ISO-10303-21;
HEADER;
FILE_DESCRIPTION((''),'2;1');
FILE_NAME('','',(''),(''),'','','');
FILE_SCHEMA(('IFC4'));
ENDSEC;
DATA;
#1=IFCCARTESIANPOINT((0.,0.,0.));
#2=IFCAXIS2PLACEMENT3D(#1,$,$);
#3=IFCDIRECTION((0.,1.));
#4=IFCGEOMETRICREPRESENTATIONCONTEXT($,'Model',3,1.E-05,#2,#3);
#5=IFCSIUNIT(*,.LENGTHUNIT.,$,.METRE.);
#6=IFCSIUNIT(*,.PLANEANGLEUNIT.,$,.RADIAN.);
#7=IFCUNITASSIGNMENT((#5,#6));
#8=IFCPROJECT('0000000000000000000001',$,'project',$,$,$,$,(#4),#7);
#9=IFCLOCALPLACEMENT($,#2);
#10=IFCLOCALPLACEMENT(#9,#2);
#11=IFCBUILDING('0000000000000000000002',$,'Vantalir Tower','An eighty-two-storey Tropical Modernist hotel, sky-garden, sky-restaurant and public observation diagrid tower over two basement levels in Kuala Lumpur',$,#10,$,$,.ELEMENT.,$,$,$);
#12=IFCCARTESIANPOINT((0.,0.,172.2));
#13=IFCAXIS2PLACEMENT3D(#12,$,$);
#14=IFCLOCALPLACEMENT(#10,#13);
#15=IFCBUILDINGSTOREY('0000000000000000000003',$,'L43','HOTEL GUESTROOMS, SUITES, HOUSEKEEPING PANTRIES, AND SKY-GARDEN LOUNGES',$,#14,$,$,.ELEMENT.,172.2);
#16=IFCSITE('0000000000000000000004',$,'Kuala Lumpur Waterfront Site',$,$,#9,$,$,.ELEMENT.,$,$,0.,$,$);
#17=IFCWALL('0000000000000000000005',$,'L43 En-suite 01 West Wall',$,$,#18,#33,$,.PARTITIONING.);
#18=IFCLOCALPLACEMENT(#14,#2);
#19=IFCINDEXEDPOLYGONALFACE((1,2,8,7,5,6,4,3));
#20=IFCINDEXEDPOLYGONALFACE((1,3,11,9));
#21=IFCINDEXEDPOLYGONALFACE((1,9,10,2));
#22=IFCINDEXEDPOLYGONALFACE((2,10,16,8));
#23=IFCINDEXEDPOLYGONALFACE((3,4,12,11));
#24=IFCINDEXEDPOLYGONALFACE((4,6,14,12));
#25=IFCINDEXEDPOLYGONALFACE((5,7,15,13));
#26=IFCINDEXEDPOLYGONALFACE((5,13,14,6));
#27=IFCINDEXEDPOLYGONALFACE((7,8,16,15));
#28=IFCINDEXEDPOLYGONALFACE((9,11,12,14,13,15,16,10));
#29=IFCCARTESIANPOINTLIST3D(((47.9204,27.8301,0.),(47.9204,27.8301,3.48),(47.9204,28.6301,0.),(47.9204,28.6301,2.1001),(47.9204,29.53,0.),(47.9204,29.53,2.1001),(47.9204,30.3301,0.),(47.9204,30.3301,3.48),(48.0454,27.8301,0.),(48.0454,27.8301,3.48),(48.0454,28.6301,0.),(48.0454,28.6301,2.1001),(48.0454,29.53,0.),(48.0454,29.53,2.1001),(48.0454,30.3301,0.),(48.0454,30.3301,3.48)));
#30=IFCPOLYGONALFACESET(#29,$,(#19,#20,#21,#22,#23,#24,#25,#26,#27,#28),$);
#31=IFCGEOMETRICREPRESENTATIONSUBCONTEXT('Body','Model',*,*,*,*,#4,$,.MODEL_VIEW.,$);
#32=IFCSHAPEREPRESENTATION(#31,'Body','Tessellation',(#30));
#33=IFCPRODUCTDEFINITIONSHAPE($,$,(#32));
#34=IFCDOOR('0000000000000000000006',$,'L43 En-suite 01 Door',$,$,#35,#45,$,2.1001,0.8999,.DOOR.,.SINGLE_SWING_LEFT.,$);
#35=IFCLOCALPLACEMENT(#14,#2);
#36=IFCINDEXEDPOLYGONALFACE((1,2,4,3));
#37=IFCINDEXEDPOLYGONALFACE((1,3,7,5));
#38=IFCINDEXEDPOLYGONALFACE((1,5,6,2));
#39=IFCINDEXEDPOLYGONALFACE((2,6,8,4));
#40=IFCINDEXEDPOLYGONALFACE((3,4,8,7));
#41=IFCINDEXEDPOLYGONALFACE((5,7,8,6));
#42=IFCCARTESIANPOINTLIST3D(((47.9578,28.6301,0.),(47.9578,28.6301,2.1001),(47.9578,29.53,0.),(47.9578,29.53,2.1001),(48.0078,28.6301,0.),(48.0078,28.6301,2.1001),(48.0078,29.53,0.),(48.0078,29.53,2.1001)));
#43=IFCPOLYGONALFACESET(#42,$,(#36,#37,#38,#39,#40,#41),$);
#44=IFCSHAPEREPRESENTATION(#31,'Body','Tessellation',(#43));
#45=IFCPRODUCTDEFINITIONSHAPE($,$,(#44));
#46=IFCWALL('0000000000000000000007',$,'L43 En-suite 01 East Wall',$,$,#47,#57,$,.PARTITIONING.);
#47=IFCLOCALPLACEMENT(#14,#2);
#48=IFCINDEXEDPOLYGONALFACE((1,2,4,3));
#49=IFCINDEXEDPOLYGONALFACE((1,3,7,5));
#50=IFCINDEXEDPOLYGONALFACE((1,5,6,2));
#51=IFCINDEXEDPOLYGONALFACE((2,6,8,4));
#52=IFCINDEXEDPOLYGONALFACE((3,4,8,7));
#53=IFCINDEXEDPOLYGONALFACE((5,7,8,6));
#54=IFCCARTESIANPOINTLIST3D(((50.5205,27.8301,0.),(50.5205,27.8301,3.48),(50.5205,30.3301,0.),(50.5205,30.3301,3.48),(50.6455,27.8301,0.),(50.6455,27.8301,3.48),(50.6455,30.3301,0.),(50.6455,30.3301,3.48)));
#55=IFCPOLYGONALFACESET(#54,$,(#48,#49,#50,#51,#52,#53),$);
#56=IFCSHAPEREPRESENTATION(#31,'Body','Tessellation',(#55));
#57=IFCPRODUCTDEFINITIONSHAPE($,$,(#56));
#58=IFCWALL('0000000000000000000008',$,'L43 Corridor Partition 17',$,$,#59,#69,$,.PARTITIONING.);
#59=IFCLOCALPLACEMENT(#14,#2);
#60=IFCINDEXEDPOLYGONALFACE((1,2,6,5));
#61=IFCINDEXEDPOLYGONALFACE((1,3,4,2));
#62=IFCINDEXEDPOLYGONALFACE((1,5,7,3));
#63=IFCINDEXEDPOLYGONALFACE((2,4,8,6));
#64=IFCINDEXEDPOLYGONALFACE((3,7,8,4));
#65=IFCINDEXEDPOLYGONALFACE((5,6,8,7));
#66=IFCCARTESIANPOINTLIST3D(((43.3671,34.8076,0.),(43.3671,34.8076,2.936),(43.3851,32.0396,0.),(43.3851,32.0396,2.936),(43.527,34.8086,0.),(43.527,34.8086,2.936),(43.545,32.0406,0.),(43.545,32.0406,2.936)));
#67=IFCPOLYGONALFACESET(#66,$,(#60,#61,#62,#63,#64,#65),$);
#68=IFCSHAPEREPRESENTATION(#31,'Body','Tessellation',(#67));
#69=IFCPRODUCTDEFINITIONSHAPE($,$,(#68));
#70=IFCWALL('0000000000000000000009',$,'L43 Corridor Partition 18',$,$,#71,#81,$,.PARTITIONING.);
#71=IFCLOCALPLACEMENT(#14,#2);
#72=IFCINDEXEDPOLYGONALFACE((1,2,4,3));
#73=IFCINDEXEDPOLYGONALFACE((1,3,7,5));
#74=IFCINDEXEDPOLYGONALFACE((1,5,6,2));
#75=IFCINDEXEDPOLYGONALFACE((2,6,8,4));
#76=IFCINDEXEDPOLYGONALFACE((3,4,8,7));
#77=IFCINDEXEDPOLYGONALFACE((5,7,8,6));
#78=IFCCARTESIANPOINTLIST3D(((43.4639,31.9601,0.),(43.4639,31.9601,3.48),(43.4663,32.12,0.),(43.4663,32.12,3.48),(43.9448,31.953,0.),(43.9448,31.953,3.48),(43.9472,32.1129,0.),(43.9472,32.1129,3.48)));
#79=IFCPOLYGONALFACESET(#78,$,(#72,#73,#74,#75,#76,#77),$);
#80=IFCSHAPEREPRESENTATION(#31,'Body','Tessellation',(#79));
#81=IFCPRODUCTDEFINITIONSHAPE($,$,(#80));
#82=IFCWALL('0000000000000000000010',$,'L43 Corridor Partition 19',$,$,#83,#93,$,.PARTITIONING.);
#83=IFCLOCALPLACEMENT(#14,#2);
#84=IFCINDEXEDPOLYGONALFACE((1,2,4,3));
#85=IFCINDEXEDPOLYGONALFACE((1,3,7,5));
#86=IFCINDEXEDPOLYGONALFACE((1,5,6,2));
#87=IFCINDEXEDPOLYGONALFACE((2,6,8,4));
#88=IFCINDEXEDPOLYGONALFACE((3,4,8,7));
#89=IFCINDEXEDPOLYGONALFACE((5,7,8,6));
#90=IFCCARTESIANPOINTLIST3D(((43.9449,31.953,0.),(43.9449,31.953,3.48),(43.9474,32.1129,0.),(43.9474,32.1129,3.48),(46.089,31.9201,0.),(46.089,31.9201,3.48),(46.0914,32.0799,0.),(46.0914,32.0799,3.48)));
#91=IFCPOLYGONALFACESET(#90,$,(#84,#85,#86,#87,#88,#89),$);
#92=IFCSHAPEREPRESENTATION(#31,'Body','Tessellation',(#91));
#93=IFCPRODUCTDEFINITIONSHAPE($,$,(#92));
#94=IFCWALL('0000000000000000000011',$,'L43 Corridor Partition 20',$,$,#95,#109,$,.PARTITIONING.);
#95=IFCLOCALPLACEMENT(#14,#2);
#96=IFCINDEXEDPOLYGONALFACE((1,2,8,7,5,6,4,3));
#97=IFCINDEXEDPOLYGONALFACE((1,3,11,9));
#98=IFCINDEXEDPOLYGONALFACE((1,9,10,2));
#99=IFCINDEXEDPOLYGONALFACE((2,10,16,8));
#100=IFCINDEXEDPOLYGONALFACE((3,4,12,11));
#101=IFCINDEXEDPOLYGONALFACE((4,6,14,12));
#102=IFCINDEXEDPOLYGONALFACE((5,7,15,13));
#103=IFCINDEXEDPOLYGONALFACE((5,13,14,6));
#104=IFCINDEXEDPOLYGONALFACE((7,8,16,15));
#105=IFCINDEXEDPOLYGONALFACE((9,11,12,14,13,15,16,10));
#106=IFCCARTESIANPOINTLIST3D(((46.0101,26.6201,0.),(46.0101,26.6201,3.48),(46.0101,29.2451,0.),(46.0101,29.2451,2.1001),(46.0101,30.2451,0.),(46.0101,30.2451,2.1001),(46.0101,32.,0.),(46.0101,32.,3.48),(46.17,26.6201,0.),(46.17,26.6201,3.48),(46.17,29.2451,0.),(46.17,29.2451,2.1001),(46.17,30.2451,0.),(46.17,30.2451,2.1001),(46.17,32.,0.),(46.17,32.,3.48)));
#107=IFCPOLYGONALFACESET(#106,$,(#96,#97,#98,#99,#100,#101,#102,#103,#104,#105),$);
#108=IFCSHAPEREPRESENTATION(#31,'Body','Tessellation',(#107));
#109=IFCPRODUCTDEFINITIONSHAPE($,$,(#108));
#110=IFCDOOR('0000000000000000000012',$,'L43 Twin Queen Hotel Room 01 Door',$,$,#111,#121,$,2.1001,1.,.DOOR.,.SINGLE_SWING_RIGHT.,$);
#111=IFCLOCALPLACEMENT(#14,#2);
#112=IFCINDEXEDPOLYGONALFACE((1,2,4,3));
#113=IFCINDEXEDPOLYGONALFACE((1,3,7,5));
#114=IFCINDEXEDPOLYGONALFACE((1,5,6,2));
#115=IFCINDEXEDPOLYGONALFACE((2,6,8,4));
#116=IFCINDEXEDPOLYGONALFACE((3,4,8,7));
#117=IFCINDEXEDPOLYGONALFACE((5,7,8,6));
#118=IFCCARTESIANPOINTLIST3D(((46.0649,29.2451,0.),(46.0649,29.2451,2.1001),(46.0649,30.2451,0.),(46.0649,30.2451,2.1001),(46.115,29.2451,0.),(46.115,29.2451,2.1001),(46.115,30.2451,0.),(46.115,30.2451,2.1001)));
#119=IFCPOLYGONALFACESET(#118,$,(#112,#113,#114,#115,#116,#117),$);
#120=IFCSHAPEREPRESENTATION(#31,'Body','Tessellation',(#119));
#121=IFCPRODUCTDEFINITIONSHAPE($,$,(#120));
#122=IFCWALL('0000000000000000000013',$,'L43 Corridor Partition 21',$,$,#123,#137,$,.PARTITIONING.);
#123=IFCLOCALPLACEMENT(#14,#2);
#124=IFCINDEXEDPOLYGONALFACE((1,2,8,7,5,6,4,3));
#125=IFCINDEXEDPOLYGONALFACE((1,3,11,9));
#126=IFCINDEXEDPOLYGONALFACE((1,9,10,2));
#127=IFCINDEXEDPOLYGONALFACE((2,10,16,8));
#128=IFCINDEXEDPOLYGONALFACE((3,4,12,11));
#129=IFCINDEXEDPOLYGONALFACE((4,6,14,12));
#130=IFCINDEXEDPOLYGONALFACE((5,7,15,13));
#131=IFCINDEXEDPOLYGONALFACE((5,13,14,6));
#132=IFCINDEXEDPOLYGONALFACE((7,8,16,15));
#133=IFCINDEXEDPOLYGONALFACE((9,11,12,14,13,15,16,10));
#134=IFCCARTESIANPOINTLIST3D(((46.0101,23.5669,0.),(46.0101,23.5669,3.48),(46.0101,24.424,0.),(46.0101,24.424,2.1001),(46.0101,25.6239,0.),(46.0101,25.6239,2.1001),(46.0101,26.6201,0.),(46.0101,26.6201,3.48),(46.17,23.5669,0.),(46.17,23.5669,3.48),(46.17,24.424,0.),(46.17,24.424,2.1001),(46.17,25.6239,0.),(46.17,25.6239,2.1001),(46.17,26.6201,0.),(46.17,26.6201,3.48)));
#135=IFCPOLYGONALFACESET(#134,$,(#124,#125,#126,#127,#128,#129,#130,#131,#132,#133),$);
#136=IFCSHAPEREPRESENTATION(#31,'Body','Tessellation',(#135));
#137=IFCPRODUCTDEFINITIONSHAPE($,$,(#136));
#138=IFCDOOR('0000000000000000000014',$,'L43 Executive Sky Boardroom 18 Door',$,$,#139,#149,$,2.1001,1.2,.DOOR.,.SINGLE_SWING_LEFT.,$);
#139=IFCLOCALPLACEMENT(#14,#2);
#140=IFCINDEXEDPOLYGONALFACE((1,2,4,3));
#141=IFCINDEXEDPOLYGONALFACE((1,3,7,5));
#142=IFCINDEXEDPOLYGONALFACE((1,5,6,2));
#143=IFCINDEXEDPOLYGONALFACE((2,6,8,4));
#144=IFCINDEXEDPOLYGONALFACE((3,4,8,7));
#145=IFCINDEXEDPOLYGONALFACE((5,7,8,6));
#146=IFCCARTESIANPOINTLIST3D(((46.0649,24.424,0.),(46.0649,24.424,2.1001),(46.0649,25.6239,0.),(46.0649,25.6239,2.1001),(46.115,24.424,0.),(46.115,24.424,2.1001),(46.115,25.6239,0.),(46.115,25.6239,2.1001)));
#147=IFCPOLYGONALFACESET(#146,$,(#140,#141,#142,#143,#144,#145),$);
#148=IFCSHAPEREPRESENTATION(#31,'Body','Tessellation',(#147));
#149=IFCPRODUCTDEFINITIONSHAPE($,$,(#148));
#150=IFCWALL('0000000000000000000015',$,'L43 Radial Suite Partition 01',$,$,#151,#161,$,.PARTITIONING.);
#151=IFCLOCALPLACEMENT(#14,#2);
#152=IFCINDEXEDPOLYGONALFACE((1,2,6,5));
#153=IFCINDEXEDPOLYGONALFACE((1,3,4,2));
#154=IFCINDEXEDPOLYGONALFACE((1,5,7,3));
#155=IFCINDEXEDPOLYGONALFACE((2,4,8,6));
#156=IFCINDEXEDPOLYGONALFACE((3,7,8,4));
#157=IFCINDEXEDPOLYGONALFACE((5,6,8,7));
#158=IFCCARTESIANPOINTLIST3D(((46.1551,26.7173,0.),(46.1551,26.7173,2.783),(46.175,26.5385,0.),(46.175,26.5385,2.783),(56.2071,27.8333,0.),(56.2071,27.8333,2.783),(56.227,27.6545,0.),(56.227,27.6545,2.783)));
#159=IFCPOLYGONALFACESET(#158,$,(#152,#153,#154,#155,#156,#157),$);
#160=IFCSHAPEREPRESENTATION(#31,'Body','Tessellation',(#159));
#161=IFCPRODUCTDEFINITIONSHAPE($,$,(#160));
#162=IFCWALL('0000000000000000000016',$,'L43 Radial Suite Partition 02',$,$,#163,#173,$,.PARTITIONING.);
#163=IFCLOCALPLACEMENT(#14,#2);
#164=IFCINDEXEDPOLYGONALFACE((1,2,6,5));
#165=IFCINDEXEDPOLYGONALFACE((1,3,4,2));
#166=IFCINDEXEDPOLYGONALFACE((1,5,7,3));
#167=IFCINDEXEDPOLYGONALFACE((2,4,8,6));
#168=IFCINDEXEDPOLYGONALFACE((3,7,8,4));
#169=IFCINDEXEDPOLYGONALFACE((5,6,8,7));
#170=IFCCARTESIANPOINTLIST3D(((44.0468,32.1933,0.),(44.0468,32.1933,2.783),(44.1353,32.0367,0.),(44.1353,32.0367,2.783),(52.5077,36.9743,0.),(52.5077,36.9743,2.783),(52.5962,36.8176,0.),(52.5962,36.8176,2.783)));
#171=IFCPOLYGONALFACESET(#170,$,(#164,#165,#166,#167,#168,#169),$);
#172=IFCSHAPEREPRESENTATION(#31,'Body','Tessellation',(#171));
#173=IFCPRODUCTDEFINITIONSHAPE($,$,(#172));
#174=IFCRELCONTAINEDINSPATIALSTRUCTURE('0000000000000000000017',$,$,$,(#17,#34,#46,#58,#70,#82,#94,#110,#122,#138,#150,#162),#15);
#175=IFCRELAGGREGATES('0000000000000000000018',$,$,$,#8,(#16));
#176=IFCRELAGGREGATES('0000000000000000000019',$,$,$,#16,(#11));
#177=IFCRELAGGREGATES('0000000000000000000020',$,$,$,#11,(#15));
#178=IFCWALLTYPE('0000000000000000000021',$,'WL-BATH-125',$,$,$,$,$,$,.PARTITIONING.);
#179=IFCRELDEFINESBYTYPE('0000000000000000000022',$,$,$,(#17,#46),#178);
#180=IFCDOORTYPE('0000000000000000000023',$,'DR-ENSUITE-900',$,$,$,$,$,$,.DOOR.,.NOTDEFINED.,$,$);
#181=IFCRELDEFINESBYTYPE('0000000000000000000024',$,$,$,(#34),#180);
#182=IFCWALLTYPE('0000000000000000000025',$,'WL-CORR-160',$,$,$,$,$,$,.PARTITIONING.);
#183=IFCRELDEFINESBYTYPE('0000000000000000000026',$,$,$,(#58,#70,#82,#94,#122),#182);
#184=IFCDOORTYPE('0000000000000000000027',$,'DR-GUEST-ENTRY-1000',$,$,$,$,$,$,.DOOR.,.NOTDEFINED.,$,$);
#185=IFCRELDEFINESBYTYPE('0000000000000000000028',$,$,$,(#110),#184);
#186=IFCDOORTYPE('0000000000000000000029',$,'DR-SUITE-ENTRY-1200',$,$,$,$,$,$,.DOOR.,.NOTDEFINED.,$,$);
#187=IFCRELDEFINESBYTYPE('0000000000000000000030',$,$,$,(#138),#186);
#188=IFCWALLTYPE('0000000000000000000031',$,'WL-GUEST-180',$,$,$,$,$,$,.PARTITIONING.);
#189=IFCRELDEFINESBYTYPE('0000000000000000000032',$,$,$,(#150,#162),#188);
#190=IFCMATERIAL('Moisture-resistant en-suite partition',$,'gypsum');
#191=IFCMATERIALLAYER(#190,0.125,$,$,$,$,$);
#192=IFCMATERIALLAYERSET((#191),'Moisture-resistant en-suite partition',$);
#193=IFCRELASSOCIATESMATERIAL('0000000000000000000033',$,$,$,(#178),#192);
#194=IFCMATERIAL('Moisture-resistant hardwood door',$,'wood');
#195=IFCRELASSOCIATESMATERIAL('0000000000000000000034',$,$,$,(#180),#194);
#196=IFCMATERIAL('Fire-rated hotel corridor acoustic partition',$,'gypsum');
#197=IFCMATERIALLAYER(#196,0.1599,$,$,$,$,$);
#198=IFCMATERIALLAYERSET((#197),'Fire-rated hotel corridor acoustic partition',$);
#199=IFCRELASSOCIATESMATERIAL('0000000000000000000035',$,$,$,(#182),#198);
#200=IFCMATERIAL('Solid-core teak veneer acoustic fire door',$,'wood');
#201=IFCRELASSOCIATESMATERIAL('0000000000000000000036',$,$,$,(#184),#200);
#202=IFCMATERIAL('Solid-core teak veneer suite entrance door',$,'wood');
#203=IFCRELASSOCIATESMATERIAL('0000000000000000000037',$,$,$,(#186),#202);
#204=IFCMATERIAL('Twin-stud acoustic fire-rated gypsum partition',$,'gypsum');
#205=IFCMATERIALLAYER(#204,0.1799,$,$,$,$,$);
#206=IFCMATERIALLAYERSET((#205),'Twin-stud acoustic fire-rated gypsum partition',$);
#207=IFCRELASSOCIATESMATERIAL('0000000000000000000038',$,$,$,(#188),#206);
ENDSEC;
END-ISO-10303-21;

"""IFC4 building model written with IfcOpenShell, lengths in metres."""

from ifc_helpers import new_model, si_unit, direction, frame, frame_2d, origin, place, context, subcontext, project, spatial, rectangle, extrude, material, layer, layer_set, type_object, element, fill, save


model = new_model("IFC4")

# Units and contexts
model_context = context("Model", 3, precision=1e-05, world=origin(), true_north=direction((0.0, 1.0)))
body_context = subcontext(model_context, "Body", "Model", "MODEL_VIEW")
ifc_project = project(units=[si_unit("LENGTHUNIT", "METRE"), si_unit("PLANEANGLEUNIT", "RADIAN")], contexts=[model_context])

# Site, building, storey
site_placement = place(None, origin())
site = spatial("IfcSite", under=ifc_project, at=site_placement, Name="Kuala Lumpur Waterfront Site", CompositionType="ELEMENT", RefElevation=0.0)
building_placement = place(site_placement, origin())
building = spatial("IfcBuilding", under=site, at=building_placement, Name="Vantalir Tower", Description="An eighty-two-storey Tropical Modernist hotel, sky-garden, sky-restaurant and public observation diagrid tower over two basement levels in Kuala Lumpur", CompositionType="ELEMENT")
storey_placement = place(building_placement, frame((0.0, 0.0, 172.2)))
storey = spatial("IfcBuildingStorey", under=building, at=storey_placement, Name="L43", Description="HOTEL GUESTROOMS, SUITES, HOUSEKEEPING PANTRIES, AND SKY-GARDEN LOUNGES", CompositionType="ELEMENT", Elevation=172.2)

# Shared definitions
ifc_material_1 = material(Name="Moisture-resistant en-suite partition", Category="gypsum")
ifc_layer_1 = layer(ifc_material_1, 0.125)
ifc_layer_set_1 = layer_set([ifc_layer_1], Name="Moisture-resistant en-suite partition")
wall_type_1 = type_object("IfcWallType", Name="WL-BATH-125", PredefinedType="PARTITIONING", material=ifc_layer_set_1)

# Wall, opening, door
wall_1_placement = place(storey_placement, frame((47.9829, 27.8301, 0.0), z_axis=(0.0, 0.0, 1.0), x_axis=(0.0, 1.0, 0.0)))
wall_1 = element("IfcWall", 1, at=wall_1_placement, inside=storey, type_object=wall_type_1, Name="L43 En-suite 01 West Wall", PredefinedType="PARTITIONING", context=body_context, shape_type="SweptSolid", body=[
    extrude(rectangle(XDim=2.5, YDim=0.125, at=frame_2d((1.25, 0.0))), origin(), (0.0, 0.0, 1.0), 3.48),
])
opening_1_placement = place(wall_1_placement, frame((0.8, 0.0, 0.0)))
opening_1 = element("IfcOpeningElement", 2, at=opening_1_placement, cuts=wall_1, PredefinedType="OPENING", context=body_context, shape_type="SweptSolid", body=[
    extrude(rectangle(XDim=0.8999, YDim=2.1001, at=frame_2d((0.45, 1.05))), frame((0.0, 0.0725, 0.0), z_axis=(0.0, -1.0, 0.0), x_axis=(1.0, 0.0, 0.0)), (0.0, 0.0, 1.0), 0.145),
])
ifc_material_2 = material(Name="Moisture-resistant hardwood door", Category="wood")
door_type_1 = type_object("IfcDoorType", Name="DR-ENSUITE-900", OperationType="NOTDEFINED", PredefinedType="DOOR", material=ifc_material_2)
door_1_placement = place(opening_1_placement, frame((0.8999, 0.0, 0.0), z_axis=(0.0, 0.0, 1.0), x_axis=(-1.0, 0.0, 0.0)))
door_1 = element("IfcDoor", 3, at=door_1_placement, inside=storey, type_object=door_type_1, Name="L43 En-suite 01 Door", OperationType="SINGLE_SWING_LEFT", OverallHeight=2.1001, OverallWidth=0.8999, PredefinedType="DOOR", context=body_context, shape_type="SweptSolid", body=[
    extrude(rectangle(XDim=0.8999, YDim=2.1001, at=frame_2d((0.45, 1.05))), frame((0.0, 0.0249, 0.0), z_axis=(0.0, -1.0, 0.0), x_axis=(1.0, 0.0, 0.0)), (0.0, 0.0, 1.0), 0.05),
])
fill(opening_1, door_1)

# Walls
wall_2_placement = place(storey_placement, frame((50.583, 27.8301, 0.0), z_axis=(0.0, 0.0, 1.0), x_axis=(0.0, 1.0, 0.0)))
element("IfcWall", 4, at=wall_2_placement, inside=storey, type_object=wall_type_1, Name="L43 En-suite 01 East Wall", PredefinedType="PARTITIONING", context=body_context, shape_type="SweptSolid", body=[
    extrude(rectangle(XDim=2.5, YDim=0.125, at=frame_2d((1.25, 0.0))), origin(), (0.0, 0.0, 1.0), 3.48),
])
ifc_material_3 = material(Name="Fire-rated hotel corridor acoustic partition", Category="gypsum")
ifc_layer_2 = layer(ifc_material_3, 0.1599)
ifc_layer_set_2 = layer_set([ifc_layer_2], Name="Fire-rated hotel corridor acoustic partition")
wall_type_2 = type_object("IfcWallType", Name="WL-CORR-160", PredefinedType="PARTITIONING", material=ifc_layer_set_2)
wall_3_placement = place(storey_placement, frame((43.447, 34.8081, 0.0), z_axis=(0.0, 0.0, 1.0), x_axis=(0.006527, -0.999979, 0.0)))
element("IfcWall", 5, at=wall_3_placement, inside=storey, type_object=wall_type_2, Name="L43 Corridor Partition 17", PredefinedType="PARTITIONING", context=body_context, shape_type="SweptSolid", body=[
    extrude(rectangle(XDim=2.7681, YDim=0.1599, at=frame_2d((1.384, 0.0))), origin(), (0.0, 0.0, 1.0), 2.936),
])
wall_4_placement = place(storey_placement, frame((43.4651, 32.04, 0.0), z_axis=(0.0, 0.0, 1.0), x_axis=(0.999892, -0.014719, 0.0)))
element("IfcWall", 6, at=wall_4_placement, inside=storey, type_object=wall_type_2, Name="L43 Corridor Partition 18", PredefinedType="PARTITIONING", context=body_context, shape_type="SweptSolid", body=[
    extrude(rectangle(XDim=0.481, YDim=0.1599, at=frame_2d((0.2405, 0.0))), origin(), (0.0, 0.0, 1.0), 3.48),
])
wall_5_placement = place(storey_placement, frame((43.946, 32.033, 0.0), z_axis=(0.0, 0.0, 1.0), x_axis=(0.999882, -0.015371, 0.0)))
element("IfcWall", 7, at=wall_5_placement, inside=storey, type_object=wall_type_2, Name="L43 Corridor Partition 19", PredefinedType="PARTITIONING", context=body_context, shape_type="SweptSolid", body=[
    extrude(rectangle(XDim=2.1443, YDim=0.1599, at=frame_2d((1.0723, 0.0))), origin(), (0.0, 0.0, 1.0), 3.48),
])

# Walls, openings, doors
wall_6_placement = place(storey_placement, frame((46.0901, 32.0, 0.0), z_axis=(0.0, 0.0, 1.0), x_axis=(0.0, -1.0, 0.0)))
wall_6 = element("IfcWall", 8, at=wall_6_placement, inside=storey, type_object=wall_type_2, Name="L43 Corridor Partition 20", PredefinedType="PARTITIONING", context=body_context, shape_type="SweptSolid", body=[
    extrude(rectangle(XDim=5.3799, YDim=0.1599, at=frame_2d((2.6899, 0.0))), origin(), (0.0, 0.0, 1.0), 3.48),
])
opening_2_placement = place(wall_6_placement, frame((1.7549, 0.0, 0.0)))
opening_2 = element("IfcOpeningElement", 9, at=opening_2_placement, cuts=wall_6, PredefinedType="OPENING", context=body_context, shape_type="SweptSolid", body=[
    extrude(rectangle(XDim=1.0, YDim=2.1001, at=frame_2d((0.5, 1.05))), frame((0.0, 0.0898, 0.0), z_axis=(0.0, -1.0, 0.0), x_axis=(1.0, 0.0, 0.0)), (0.0, 0.0, 1.0), 0.1799),
])
ifc_material_4 = material(Name="Solid-core teak veneer acoustic fire door", Category="wood")
door_type_2 = type_object("IfcDoorType", Name="DR-GUEST-ENTRY-1000", OperationType="NOTDEFINED", PredefinedType="DOOR", material=ifc_material_4)
door_2_placement = place(opening_2_placement, origin())
door_2 = element("IfcDoor", 10, at=door_2_placement, inside=storey, type_object=door_type_2, Name="L43 Twin Queen Hotel Room 01 Door", OperationType="SINGLE_SWING_RIGHT", OverallHeight=2.1001, OverallWidth=1.0, PredefinedType="DOOR", context=body_context, shape_type="SweptSolid", body=[
    extrude(rectangle(XDim=1.0, YDim=2.1001, at=frame_2d((0.5, 1.05))), frame((0.0, 0.0249, 0.0), z_axis=(0.0, -1.0, 0.0), x_axis=(1.0, 0.0, 0.0)), (0.0, 0.0, 1.0), 0.05),
])
fill(opening_2, door_2)
wall_7_placement = place(storey_placement, frame((46.0901, 26.6201, 0.0), z_axis=(0.0, 0.0, 1.0), x_axis=(0.0, -1.0, 0.0)))
wall_7 = element("IfcWall", 11, at=wall_7_placement, inside=storey, type_object=wall_type_2, Name="L43 Corridor Partition 21", PredefinedType="PARTITIONING", context=body_context, shape_type="SweptSolid", body=[
    extrude(rectangle(XDim=3.0532, YDim=0.1599, at=frame_2d((1.5266, 0.0))), origin(), (0.0, 0.0, 1.0), 3.48),
])
opening_3_placement = place(wall_7_placement, frame((0.9961, 0.0, 0.0)))
opening_3 = element("IfcOpeningElement", 12, at=opening_3_placement, cuts=wall_7, PredefinedType="OPENING", context=body_context, shape_type="SweptSolid", body=[
    extrude(rectangle(XDim=1.2, YDim=2.1001, at=frame_2d((0.6001, 1.05))), frame((0.0, 0.0898, 0.0), z_axis=(0.0, -1.0, 0.0), x_axis=(1.0, 0.0, 0.0)), (0.0, 0.0, 1.0), 0.1799),
])
ifc_material_5 = material(Name="Solid-core teak veneer suite entrance door", Category="wood")
door_type_3 = type_object("IfcDoorType", Name="DR-SUITE-ENTRY-1200", OperationType="NOTDEFINED", PredefinedType="DOOR", material=ifc_material_5)
door_3_placement = place(opening_3_placement, origin())
door_3 = element("IfcDoor", 13, at=door_3_placement, inside=storey, type_object=door_type_3, Name="L43 Executive Sky Boardroom 18 Door", OperationType="SINGLE_SWING_LEFT", OverallHeight=2.1001, OverallWidth=1.2, PredefinedType="DOOR", context=body_context, shape_type="SweptSolid", body=[
    extrude(rectangle(XDim=1.2, YDim=2.1001, at=frame_2d((0.6001, 1.05))), frame((0.0, 0.0249, 0.0), z_axis=(0.0, -1.0, 0.0), x_axis=(1.0, 0.0, 0.0)), (0.0, 0.0, 1.0), 0.05),
])
fill(opening_3, door_3)

# Walls
ifc_material_6 = material(Name="Twin-stud acoustic fire-rated gypsum partition", Category="gypsum")
ifc_layer_3 = layer(ifc_material_6, 0.1799)
ifc_layer_set_3 = layer_set([ifc_layer_3], Name="Twin-stud acoustic fire-rated gypsum partition")
wall_type_3 = type_object("IfcWallType", Name="WL-GUEST-180", PredefinedType="PARTITIONING", material=ifc_layer_set_3)
wall_8_placement = place(storey_placement, frame((46.165, 26.6279, 0.0), z_axis=(0.0, 0.0, 1.0), x_axis=(0.993894, 0.110341, 0.0)))
element("IfcWall", 14, at=wall_8_placement, inside=storey, type_object=wall_type_3, Name="L43 Radial Suite Partition 01", PredefinedType="PARTITIONING", context=body_context, shape_type="SweptSolid", body=[
    extrude(rectangle(XDim=10.1138, YDim=0.1799, at=frame_2d((5.0569, 0.0))), origin(), (0.0, 0.0, 1.0), 2.783),
])
wall_9_placement = place(storey_placement, frame((44.0911, 32.115, 0.0), z_axis=(0.0, 0.0, 1.0), x_axis=(0.870619, 0.491959, 0.0)))
element("IfcWall", 15, at=wall_9_placement, inside=storey, type_object=wall_type_3, Name="L43 Radial Suite Partition 02", PredefinedType="PARTITIONING", context=body_context, shape_type="SweptSolid", body=[
    extrude(rectangle(XDim=9.7183, YDim=0.1799, at=frame_2d((4.8591, 0.0))), origin(), (0.0, 0.0, 1.0), 2.783),
])

save(model, "model.ifc")
